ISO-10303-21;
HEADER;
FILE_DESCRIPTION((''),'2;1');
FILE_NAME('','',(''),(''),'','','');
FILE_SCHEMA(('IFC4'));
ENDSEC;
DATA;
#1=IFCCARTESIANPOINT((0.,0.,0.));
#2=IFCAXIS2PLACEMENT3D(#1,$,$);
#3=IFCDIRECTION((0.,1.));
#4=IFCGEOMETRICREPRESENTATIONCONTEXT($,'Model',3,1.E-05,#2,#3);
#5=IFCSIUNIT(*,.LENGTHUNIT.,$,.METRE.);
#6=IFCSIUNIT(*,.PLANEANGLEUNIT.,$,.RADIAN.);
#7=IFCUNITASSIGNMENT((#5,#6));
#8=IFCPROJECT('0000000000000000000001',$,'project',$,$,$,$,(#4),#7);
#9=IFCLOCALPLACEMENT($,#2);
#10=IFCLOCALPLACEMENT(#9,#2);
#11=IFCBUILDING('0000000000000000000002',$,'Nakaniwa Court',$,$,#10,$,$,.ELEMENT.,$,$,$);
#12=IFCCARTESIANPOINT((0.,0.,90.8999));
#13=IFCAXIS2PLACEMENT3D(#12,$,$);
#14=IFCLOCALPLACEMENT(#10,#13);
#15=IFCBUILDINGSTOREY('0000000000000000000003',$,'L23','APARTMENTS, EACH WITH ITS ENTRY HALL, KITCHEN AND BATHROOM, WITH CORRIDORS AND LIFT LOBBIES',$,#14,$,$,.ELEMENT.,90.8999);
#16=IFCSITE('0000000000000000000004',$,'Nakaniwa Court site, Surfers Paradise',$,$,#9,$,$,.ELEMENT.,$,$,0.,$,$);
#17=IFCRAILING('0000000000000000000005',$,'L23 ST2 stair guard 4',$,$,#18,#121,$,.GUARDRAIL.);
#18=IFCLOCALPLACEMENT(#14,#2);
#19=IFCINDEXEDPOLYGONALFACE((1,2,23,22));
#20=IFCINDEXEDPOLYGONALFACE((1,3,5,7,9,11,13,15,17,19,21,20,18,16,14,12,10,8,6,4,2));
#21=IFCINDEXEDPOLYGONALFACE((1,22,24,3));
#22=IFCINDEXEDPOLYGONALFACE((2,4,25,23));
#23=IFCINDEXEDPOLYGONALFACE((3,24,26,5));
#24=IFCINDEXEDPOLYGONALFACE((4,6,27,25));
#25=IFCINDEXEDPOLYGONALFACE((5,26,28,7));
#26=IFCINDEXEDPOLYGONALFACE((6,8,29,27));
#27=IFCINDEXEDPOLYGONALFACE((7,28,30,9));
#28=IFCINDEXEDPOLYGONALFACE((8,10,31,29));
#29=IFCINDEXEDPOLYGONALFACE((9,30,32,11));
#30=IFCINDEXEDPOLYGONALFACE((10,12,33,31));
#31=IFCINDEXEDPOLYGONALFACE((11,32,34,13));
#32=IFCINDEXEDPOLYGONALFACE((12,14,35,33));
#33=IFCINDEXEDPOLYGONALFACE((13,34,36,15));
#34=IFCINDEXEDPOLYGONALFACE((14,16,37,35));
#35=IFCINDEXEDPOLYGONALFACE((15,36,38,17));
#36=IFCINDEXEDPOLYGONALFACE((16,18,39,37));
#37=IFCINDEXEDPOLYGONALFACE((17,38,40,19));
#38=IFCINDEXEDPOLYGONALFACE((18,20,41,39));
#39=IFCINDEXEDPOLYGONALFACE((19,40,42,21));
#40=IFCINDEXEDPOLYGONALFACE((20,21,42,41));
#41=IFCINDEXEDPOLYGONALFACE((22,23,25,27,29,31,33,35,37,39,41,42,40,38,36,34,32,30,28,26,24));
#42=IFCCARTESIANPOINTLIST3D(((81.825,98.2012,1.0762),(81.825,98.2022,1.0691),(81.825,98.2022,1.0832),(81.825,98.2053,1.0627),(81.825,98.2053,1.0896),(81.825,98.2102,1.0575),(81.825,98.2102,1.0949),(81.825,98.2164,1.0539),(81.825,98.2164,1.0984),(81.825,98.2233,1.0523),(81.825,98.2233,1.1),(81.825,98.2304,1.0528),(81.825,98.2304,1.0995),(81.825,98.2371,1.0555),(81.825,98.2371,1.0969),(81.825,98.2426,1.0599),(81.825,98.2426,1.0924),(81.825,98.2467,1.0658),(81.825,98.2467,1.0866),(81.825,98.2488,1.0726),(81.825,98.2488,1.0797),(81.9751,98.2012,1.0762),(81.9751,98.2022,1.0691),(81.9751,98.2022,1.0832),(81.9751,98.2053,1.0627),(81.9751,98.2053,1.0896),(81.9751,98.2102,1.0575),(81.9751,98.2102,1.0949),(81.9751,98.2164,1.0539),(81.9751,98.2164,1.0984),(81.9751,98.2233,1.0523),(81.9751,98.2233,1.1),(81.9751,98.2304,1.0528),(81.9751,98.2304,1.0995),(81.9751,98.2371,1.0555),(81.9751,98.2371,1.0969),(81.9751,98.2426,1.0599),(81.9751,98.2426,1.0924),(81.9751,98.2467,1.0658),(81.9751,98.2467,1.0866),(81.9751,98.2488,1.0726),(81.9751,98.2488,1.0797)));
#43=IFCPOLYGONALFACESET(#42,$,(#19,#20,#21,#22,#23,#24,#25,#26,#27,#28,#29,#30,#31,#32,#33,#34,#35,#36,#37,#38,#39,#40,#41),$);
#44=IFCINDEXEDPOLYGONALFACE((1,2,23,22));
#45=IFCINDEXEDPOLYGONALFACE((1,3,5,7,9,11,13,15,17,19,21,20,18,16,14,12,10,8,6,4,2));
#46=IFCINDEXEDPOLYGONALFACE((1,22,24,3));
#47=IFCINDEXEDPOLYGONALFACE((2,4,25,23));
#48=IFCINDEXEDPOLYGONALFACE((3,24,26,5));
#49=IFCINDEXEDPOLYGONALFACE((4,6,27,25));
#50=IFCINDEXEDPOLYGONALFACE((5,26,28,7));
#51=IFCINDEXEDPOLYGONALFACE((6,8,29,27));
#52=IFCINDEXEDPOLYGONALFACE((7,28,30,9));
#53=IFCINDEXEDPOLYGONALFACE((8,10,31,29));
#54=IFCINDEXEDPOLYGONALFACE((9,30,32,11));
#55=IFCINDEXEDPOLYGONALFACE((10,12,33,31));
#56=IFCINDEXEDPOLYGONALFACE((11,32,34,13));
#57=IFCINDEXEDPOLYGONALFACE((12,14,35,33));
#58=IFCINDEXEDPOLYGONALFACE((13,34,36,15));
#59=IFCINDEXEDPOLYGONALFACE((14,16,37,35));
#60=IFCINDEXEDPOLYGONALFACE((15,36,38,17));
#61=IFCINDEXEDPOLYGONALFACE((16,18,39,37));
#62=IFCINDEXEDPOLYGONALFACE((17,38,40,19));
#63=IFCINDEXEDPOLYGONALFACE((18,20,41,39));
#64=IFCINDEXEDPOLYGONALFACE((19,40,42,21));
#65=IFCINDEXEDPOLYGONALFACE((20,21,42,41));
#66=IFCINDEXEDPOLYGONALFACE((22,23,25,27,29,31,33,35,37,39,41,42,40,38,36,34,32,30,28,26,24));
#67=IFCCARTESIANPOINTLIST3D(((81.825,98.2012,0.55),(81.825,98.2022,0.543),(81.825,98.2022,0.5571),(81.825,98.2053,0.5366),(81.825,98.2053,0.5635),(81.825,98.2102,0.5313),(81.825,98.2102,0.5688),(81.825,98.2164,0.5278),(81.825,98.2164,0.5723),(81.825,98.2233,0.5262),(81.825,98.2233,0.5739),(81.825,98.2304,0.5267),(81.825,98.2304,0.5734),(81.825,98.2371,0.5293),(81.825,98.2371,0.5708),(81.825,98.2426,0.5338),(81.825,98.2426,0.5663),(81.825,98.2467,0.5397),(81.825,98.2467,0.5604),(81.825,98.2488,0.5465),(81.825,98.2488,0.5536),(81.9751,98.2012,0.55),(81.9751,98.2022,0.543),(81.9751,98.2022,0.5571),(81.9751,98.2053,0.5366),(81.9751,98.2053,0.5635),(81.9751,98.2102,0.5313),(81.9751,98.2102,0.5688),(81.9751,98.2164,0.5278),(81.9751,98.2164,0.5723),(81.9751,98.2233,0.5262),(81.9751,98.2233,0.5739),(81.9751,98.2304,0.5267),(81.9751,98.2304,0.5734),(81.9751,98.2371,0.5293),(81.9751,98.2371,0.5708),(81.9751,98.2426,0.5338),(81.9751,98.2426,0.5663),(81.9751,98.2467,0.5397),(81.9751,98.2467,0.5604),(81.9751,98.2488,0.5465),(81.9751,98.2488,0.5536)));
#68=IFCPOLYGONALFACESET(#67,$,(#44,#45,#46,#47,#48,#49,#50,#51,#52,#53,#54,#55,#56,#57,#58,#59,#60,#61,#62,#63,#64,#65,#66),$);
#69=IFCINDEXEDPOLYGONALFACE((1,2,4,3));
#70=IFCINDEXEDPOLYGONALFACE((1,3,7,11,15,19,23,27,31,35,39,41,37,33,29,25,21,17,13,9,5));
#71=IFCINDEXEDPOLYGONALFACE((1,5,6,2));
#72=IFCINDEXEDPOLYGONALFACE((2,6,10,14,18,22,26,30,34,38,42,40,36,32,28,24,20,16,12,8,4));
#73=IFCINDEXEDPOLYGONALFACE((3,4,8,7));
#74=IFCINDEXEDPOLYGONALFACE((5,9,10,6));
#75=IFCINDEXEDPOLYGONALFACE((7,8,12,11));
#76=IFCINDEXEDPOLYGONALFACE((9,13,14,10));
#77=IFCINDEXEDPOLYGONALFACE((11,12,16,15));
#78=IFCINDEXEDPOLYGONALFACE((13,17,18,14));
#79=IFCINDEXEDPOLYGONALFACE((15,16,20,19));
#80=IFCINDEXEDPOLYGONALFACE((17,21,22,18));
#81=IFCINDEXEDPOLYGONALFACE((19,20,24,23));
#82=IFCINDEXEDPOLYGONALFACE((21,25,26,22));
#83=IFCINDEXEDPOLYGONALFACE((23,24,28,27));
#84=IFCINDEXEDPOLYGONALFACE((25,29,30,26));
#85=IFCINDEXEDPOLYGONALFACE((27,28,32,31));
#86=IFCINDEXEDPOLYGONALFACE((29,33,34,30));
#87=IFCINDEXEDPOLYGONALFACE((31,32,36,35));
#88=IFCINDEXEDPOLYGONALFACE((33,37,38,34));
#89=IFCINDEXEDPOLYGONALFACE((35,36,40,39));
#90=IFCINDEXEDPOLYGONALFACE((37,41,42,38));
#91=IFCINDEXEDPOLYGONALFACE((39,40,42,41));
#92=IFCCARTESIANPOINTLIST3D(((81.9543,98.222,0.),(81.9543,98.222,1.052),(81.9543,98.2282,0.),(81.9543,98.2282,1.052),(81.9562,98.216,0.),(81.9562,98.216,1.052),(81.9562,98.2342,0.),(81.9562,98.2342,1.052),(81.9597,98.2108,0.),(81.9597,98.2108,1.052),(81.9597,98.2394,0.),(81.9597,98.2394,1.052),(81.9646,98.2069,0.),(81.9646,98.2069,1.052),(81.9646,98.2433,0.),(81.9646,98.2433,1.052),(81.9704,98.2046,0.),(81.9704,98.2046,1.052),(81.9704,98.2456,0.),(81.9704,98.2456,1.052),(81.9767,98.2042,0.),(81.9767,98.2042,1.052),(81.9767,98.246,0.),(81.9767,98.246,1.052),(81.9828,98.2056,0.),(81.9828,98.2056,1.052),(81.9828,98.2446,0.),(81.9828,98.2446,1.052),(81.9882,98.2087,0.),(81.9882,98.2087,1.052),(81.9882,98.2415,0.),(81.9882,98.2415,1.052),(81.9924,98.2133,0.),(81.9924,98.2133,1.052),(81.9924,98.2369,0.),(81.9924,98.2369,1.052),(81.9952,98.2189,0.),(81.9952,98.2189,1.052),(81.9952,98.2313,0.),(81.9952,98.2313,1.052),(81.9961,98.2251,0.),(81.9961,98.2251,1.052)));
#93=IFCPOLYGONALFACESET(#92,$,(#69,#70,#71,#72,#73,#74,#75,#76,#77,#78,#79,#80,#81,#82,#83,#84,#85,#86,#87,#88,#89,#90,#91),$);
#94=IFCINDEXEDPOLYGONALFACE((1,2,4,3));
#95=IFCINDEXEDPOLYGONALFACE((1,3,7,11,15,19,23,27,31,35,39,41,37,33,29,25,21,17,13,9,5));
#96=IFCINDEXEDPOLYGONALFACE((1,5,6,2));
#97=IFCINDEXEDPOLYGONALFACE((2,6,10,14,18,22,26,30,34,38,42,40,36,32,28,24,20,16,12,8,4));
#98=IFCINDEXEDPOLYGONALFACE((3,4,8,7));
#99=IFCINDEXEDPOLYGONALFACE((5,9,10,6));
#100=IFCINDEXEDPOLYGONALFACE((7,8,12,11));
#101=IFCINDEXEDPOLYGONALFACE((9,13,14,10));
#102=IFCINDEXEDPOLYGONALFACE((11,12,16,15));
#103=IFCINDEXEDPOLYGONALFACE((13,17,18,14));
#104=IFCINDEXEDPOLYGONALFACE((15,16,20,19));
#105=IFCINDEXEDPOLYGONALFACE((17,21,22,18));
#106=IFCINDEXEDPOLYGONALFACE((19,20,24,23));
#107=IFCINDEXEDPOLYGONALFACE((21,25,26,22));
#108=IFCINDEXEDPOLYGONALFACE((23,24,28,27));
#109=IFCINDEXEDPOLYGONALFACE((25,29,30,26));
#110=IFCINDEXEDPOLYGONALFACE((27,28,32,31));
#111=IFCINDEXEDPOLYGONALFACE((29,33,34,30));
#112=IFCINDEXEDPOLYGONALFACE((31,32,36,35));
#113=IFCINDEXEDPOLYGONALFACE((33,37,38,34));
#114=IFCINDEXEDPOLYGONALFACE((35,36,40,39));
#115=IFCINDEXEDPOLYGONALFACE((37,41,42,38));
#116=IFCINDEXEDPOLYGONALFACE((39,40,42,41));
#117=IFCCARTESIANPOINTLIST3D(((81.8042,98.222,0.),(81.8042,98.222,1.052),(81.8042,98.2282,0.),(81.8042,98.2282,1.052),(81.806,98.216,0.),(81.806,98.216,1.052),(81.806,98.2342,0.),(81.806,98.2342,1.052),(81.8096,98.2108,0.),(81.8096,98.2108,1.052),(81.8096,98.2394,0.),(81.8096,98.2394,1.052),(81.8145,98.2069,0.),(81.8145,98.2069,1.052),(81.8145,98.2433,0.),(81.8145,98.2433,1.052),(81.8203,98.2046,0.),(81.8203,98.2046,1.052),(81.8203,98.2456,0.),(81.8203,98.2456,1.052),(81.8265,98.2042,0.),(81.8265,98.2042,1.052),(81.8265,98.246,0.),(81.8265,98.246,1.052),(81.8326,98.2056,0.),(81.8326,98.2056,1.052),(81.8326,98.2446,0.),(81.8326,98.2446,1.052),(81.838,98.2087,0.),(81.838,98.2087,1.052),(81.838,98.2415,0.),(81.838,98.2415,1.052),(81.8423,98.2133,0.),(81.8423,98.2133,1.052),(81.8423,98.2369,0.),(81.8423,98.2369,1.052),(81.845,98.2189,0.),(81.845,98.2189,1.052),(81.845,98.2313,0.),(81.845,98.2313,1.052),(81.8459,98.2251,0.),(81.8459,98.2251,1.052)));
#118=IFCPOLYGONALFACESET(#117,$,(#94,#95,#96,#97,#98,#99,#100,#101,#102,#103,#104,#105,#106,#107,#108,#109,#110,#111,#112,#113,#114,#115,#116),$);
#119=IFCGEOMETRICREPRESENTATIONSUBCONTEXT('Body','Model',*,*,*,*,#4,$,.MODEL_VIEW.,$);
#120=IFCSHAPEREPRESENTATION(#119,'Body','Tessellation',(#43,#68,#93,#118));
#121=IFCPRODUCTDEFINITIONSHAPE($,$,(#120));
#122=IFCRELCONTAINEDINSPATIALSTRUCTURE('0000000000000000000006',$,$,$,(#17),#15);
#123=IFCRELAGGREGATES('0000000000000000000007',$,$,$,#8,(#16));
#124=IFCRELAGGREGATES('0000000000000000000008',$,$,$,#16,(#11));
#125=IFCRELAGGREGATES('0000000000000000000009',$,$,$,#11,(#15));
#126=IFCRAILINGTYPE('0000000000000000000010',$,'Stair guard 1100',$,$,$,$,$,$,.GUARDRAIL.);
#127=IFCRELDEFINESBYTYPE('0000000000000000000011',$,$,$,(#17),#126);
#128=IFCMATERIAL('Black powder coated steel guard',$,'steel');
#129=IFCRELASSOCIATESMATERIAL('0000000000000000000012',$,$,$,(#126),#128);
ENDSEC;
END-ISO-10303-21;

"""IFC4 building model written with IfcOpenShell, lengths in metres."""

from ifc_helpers import new_model, si_unit, direction, frame, origin, origin_2d, place, context, subcontext, project, spatial, circle, extrude, material, type_object, element, save


model = new_model("IFC4")

# Units and contexts
model_context = context("Model", 3, precision=1e-05, world=origin(), true_north=direction((0.0, 1.0)))
body_context = subcontext(model_context, "Body", "Model", "MODEL_VIEW")
ifc_project = project(units=[si_unit("LENGTHUNIT", "METRE"), si_unit("PLANEANGLEUNIT", "RADIAN")], contexts=[model_context])

# Site, building, storey
site_placement = place(None, origin())
site = spatial("IfcSite", under=ifc_project, at=site_placement, Name="Nakaniwa Court site, Surfers Paradise", CompositionType="ELEMENT", RefElevation=0.0)
building_placement = place(site_placement, origin())
building = spatial("IfcBuilding", under=site, at=building_placement, Name="Nakaniwa Court", CompositionType="ELEMENT")
storey_placement = place(building_placement, frame((0.0, 0.0, 90.8999)))
storey = spatial("IfcBuildingStorey", under=building, at=storey_placement, Name="L23", Description="APARTMENTS, EACH WITH ITS ENTRY HALL, KITCHEN AND BATHROOM, WITH CORRIDORS AND LIFT LOBBIES", CompositionType="ELEMENT", Elevation=90.8999)

# Railing
ifc_material_1 = material(Name="Black powder coated steel guard", Category="steel")
railing_type_1 = type_object("IfcRailingType", Name="Stair guard 1100", PredefinedType="GUARDRAIL", material=ifc_material_1)
railing_1_placement = place(storey_placement, frame((81.9751, 98.2251, 0.0)))
element("IfcRailing", 1, at=railing_1_placement, inside=storey, type_object=railing_type_1, Name="L23 ST2 stair guard 4", PredefinedType="GUARDRAIL", context=body_context, shape_type="SweptSolid", body=[
    extrude(circle(Radius=0.0239, at=origin_2d()), frame((0.0, 0.0, 1.0762), z_axis=(-1.0, 0.0, 0.0), x_axis=(0.0, -1.0, 0.0)), (0.0, 0.0, 1.0), 0.1501),
    extrude(circle(Radius=0.0239, at=origin_2d()), frame((0.0, 0.0, 0.55), z_axis=(-1.0, 0.0, 0.0), x_axis=(0.0, -1.0, 0.0)), (0.0, 0.0, 1.0), 0.1501),
    extrude(circle(Radius=0.021, at=origin_2d()), origin(), (0.0, 0.0, 1.0), 1.052),
    extrude(circle(Radius=0.021, at=origin_2d()), frame((-0.1501, 0.0, 0.0)), (0.0, 0.0, 1.0), 1.052),
])

save(model, "model.ifc")
